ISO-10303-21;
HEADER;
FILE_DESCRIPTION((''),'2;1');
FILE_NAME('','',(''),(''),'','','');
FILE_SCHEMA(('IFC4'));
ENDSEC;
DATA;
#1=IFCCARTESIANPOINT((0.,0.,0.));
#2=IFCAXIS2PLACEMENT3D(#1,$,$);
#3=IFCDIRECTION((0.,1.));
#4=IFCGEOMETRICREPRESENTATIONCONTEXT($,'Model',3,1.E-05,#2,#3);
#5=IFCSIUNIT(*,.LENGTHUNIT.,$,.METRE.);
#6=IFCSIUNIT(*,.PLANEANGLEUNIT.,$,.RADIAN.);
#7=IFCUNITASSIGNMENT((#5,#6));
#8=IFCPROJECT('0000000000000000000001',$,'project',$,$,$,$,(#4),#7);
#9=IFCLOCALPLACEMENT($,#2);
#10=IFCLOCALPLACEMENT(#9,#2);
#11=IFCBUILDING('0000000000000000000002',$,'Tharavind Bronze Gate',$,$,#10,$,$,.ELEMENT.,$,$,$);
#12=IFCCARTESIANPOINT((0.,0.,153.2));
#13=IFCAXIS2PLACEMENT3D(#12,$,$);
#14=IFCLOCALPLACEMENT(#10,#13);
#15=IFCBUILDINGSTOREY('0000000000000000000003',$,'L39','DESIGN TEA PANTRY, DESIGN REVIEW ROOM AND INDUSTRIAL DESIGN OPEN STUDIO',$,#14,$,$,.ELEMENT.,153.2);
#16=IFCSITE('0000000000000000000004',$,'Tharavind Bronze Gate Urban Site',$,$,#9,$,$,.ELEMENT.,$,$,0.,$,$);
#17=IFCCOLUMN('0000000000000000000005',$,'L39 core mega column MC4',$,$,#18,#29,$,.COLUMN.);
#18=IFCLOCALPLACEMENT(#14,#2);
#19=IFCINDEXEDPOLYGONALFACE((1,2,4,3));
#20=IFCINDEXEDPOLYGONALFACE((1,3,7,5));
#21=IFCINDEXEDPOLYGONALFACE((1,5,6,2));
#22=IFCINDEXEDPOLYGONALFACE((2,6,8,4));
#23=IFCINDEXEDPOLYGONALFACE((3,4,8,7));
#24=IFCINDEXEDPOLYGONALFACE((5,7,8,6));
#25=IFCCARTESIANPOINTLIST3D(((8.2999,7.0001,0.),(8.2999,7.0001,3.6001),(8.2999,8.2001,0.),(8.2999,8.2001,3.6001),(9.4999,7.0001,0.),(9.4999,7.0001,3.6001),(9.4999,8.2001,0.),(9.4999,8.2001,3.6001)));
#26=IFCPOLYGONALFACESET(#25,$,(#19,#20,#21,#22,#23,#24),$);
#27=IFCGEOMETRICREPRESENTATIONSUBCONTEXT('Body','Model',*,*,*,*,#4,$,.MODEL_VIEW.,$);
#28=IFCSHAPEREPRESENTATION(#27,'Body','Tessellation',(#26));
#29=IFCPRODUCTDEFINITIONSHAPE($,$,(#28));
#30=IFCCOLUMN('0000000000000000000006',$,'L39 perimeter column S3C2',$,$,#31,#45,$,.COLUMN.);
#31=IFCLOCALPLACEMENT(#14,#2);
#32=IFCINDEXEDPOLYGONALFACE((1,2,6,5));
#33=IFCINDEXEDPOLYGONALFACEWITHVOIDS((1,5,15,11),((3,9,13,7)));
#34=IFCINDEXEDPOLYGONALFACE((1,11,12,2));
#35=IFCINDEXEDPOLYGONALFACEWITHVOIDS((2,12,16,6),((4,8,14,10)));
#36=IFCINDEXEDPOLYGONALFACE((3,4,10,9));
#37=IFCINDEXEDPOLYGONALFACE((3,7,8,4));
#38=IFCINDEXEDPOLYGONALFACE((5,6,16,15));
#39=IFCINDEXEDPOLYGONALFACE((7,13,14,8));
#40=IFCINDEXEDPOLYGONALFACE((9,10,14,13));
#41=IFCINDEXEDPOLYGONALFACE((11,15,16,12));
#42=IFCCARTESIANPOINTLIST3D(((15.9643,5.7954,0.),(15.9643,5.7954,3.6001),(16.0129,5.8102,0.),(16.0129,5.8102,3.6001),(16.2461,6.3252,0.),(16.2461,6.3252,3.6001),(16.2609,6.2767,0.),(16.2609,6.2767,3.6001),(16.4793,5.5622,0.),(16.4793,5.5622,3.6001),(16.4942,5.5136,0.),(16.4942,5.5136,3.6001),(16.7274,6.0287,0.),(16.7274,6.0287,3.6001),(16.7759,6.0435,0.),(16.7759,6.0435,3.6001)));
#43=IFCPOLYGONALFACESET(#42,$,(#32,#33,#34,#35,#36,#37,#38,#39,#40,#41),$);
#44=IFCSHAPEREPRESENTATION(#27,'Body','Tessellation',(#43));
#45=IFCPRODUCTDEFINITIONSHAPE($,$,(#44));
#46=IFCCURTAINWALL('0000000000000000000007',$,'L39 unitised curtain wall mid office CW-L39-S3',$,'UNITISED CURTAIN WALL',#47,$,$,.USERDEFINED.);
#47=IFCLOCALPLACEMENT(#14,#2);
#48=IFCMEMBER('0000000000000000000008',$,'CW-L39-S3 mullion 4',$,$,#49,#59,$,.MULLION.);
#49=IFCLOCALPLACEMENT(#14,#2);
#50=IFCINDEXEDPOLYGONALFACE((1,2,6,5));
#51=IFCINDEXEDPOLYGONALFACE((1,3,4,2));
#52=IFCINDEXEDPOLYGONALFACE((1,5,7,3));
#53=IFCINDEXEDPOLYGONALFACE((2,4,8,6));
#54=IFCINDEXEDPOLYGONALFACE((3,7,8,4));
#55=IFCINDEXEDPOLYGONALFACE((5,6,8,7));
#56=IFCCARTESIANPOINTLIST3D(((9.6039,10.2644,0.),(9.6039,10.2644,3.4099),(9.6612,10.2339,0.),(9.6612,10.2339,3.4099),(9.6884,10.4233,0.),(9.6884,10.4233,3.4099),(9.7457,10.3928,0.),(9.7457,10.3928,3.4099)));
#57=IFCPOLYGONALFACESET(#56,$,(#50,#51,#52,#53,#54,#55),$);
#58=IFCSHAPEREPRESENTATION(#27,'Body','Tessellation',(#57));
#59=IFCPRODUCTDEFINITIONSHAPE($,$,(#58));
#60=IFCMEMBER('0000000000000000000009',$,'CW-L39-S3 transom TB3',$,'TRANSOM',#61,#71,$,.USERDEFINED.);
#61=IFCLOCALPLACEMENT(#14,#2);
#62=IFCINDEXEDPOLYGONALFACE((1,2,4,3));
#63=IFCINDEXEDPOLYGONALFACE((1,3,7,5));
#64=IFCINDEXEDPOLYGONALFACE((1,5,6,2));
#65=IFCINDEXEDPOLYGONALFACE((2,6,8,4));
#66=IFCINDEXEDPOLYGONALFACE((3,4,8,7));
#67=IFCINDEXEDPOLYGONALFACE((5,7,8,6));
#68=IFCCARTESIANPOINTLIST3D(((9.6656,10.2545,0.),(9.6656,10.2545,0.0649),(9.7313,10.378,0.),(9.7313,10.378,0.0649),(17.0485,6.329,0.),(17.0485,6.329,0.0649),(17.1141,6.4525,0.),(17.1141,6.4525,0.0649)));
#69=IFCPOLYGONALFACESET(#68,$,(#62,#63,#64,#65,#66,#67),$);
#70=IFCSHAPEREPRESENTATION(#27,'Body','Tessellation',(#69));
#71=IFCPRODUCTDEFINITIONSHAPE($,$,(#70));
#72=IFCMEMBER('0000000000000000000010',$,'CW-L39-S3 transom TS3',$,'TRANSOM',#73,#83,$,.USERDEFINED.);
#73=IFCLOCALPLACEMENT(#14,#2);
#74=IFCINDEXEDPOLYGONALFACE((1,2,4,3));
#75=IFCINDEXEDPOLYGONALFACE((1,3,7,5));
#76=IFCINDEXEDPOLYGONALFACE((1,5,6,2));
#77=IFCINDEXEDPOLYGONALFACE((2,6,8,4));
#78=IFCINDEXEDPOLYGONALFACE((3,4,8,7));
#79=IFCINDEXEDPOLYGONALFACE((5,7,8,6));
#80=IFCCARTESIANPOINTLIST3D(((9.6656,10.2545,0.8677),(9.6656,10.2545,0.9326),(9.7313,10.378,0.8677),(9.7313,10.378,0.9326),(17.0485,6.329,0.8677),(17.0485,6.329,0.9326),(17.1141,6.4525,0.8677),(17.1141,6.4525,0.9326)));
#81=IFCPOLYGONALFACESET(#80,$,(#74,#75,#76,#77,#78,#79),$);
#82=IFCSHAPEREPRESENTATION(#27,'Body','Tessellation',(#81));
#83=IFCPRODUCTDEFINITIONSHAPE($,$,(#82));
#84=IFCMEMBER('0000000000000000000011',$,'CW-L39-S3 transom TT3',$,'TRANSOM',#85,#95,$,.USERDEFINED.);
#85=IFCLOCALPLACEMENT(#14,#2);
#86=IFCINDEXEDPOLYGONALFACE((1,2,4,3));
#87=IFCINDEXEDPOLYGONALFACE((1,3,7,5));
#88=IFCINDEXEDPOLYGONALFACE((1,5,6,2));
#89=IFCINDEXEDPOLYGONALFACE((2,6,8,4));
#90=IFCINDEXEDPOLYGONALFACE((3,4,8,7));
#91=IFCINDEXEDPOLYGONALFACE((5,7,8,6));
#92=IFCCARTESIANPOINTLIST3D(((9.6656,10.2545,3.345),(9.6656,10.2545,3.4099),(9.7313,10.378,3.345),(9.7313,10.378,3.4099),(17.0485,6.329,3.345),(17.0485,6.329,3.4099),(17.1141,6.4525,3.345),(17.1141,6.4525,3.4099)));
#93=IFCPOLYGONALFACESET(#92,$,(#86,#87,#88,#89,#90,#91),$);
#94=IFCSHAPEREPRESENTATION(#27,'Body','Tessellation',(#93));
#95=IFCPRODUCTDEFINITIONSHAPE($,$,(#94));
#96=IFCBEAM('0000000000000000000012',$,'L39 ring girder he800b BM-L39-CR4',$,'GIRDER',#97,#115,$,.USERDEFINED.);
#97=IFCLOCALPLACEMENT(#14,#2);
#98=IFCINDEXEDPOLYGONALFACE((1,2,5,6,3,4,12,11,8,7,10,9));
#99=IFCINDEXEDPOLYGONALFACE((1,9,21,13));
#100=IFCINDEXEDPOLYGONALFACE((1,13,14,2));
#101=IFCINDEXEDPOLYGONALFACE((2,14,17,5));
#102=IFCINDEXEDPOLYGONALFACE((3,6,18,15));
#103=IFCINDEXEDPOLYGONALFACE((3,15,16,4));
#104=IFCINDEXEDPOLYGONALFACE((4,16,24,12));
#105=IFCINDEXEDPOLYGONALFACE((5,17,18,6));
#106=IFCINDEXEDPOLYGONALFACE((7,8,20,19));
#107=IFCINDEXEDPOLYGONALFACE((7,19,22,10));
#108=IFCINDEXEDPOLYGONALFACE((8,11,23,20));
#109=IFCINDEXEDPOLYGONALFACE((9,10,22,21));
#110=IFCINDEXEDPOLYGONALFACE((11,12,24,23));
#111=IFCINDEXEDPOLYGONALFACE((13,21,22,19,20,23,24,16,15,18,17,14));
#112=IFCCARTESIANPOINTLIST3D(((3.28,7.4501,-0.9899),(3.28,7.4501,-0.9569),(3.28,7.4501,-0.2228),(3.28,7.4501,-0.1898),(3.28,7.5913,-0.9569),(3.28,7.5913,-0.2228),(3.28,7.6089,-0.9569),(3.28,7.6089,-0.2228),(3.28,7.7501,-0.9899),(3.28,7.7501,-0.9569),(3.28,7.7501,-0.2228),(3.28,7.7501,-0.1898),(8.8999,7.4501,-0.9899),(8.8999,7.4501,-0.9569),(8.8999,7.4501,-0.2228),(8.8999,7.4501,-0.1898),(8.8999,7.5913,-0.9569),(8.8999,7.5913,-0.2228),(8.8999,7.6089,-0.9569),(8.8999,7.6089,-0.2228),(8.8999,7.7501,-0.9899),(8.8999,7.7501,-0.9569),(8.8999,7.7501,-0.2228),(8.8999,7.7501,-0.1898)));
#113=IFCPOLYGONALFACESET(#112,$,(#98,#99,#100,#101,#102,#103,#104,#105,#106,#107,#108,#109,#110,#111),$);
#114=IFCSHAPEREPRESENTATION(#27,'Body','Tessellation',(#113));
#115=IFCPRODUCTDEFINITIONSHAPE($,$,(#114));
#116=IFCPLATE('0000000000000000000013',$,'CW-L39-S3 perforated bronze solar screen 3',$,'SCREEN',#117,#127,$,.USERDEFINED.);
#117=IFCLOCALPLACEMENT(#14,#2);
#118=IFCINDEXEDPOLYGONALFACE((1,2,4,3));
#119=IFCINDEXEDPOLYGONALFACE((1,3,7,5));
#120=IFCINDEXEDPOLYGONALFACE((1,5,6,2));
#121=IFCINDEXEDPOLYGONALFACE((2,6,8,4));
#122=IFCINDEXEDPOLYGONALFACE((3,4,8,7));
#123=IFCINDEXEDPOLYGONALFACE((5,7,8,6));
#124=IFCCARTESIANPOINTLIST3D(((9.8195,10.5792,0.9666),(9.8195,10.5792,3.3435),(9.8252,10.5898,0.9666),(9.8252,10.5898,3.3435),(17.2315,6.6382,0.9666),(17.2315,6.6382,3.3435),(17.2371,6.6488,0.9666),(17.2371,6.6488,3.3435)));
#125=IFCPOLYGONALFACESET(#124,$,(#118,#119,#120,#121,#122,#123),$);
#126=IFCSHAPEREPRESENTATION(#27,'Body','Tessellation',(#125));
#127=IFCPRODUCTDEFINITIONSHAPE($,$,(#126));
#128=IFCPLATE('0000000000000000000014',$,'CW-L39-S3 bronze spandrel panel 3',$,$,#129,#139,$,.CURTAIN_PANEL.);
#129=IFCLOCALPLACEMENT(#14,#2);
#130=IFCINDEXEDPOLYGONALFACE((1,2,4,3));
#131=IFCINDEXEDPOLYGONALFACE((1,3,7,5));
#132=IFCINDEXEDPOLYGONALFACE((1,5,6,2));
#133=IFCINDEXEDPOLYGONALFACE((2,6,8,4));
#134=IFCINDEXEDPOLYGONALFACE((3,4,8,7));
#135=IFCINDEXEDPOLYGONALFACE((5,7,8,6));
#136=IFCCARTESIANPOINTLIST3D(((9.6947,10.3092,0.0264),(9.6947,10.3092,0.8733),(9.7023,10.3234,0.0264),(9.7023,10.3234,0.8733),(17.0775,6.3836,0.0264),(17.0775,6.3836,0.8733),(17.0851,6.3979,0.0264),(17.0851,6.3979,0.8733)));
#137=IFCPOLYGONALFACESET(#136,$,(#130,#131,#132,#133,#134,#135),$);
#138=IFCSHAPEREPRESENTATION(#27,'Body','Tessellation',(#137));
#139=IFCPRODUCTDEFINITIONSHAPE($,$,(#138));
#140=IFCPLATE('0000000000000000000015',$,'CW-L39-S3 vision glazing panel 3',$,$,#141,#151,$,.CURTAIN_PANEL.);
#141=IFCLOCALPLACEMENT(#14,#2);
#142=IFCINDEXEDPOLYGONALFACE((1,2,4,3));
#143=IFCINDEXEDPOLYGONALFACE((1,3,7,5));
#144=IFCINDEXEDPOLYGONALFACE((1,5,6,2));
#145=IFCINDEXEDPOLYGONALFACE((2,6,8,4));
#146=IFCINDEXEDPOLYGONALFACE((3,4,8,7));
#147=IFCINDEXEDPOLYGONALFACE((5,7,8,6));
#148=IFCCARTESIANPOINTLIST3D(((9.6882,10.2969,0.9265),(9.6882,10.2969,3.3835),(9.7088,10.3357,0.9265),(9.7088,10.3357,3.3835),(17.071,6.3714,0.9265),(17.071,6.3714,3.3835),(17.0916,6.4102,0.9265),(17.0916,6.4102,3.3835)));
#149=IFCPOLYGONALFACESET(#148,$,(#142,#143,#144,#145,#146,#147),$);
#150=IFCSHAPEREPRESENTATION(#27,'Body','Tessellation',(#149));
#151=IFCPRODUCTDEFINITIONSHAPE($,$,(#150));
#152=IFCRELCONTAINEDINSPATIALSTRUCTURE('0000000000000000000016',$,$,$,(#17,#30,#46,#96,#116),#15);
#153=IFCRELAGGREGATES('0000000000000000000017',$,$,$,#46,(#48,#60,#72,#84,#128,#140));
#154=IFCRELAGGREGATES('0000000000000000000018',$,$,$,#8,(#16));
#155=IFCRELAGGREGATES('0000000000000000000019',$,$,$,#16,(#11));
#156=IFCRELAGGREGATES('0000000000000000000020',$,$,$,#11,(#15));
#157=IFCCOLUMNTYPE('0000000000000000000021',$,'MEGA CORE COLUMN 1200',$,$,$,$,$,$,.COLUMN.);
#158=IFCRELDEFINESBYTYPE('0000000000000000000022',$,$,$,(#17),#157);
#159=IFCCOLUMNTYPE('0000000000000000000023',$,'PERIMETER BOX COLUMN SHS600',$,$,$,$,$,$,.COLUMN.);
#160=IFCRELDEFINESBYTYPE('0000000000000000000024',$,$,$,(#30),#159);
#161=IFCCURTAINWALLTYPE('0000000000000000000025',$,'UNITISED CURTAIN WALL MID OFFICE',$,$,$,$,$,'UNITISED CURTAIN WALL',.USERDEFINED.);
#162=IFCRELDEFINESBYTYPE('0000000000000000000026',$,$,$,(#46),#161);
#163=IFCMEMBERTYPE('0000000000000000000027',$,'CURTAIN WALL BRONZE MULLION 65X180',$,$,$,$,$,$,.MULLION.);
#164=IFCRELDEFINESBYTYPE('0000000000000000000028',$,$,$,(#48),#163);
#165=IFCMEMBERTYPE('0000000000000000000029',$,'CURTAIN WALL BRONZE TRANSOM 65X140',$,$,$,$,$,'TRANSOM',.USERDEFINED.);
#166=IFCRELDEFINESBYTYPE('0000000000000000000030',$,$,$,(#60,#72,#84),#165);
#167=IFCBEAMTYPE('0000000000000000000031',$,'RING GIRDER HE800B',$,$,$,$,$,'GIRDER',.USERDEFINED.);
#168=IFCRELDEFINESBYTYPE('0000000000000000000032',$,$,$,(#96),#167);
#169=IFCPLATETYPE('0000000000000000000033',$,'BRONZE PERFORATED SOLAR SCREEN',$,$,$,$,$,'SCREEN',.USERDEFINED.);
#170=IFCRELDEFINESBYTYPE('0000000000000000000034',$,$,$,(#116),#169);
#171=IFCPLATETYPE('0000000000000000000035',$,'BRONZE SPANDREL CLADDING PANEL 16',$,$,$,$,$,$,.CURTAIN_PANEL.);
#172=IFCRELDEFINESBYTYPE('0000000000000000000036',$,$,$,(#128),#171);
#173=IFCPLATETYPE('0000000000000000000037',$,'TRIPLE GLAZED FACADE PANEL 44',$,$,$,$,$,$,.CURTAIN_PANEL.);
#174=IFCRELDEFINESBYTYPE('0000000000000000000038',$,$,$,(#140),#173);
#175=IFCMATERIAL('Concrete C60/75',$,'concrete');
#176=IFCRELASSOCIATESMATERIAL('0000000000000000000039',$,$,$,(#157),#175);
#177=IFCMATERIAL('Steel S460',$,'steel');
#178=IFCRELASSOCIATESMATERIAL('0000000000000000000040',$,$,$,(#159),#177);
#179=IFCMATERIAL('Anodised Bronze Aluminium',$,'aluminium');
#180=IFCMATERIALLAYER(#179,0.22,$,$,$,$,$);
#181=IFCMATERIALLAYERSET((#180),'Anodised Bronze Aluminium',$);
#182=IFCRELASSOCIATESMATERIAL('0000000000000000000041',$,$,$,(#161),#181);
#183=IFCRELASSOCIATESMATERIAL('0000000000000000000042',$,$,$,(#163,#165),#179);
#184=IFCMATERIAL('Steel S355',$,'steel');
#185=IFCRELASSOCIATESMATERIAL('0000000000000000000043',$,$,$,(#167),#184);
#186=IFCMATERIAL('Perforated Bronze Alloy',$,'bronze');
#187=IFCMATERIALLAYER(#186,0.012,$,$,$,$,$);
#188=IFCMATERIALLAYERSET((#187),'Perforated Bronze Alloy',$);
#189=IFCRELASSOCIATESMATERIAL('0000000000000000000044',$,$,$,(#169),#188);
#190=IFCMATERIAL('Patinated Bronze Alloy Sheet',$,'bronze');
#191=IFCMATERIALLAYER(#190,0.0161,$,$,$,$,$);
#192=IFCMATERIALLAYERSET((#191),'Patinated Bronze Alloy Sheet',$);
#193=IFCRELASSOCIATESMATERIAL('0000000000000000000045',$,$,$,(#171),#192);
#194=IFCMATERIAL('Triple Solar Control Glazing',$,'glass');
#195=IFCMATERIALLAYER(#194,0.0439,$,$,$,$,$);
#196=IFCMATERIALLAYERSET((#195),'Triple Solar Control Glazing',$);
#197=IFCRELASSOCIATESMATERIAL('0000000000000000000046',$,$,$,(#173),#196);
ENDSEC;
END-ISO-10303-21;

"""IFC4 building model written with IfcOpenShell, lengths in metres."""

from ifc_helpers import new_model, si_unit, direction, frame, origin, origin_2d, place, context, subcontext, project, spatial, rectangle, hollow_rectangle, i_section, extrude, material, layer, layer_set, material_profile, profile_set, type_object, element, aggregate, save


model = new_model("IFC4")

# Units and contexts
model_context = context("Model", 3, precision=1e-05, world=origin(), true_north=direction((0.0, 1.0)))
body_context = subcontext(model_context, "Body", "Model", "MODEL_VIEW")
ifc_project = project(units=[si_unit("LENGTHUNIT", "METRE"), si_unit("PLANEANGLEUNIT", "RADIAN")], contexts=[model_context])

# Site, building, storey
site_placement = place(None, origin())
site = spatial("IfcSite", under=ifc_project, at=site_placement, Name="Tharavind Bronze Gate Urban Site", CompositionType="ELEMENT", RefElevation=0.0)
building_placement = place(site_placement, origin())
building = spatial("IfcBuilding", under=site, at=building_placement, Name="Tharavind Bronze Gate", CompositionType="ELEMENT")
storey_placement = place(building_placement, frame((0.0, 0.0, 153.2)))
storey = spatial("IfcBuildingStorey", under=building, at=storey_placement, Name="L39", Description="DESIGN TEA PANTRY, DESIGN REVIEW ROOM AND INDUSTRIAL DESIGN OPEN STUDIO", CompositionType="ELEMENT", Elevation=153.2)

# Columns
ifc_material_1 = material(Name="Concrete C60/75", Category="concrete")
ifc_material_profile_1 = material_profile(ifc_material_1, rectangle(XDim=1.2, YDim=1.2, at=origin_2d()), Name="RCCOL1200")
ifc_profile_set_1 = profile_set([ifc_material_profile_1], Name="Concrete C60/75")
column_type_1 = type_object("IfcColumnType", Name="MEGA CORE COLUMN 1200", PredefinedType="COLUMN", material=ifc_profile_set_1)
column_1_placement = place(storey_placement, frame((8.8999, 7.6001, 0.0), z_axis=(0.0, 0.0, 1.0), x_axis=(1.0, 0.0, 0.0)))
element("IfcColumn", 1, at=column_1_placement, inside=storey, type_object=column_type_1, Name="L39 core mega column MC4", PredefinedType="COLUMN", context=body_context, shape_type="SweptSolid", body=[
    extrude(rectangle(XDim=1.2, YDim=1.2, at=origin_2d()), origin(), (0.0, 0.0, 1.0), 3.6001),
])
ifc_material_2 = material(Name="Steel S460", Category="steel")
ifc_material_profile_2 = material_profile(ifc_material_2, hollow_rectangle(XDim=0.6001, YDim=0.6001, WallThickness=0.0359, at=origin_2d()), Name="SHS600X36")
ifc_profile_set_2 = profile_set([ifc_material_profile_2], Name="Steel S460")
column_type_2 = type_object("IfcColumnType", Name="PERIMETER BOX COLUMN SHS600", PredefinedType="COLUMN", material=ifc_profile_set_2)
column_2_placement = place(storey_placement, frame((16.3701, 5.9194, 0.0), z_axis=(0.0, 0.0, 1.0), x_axis=(-0.882948, 0.46947, 0.0)))
element("IfcColumn", 2, at=column_2_placement, inside=storey, type_object=column_type_2, Name="L39 perimeter column S3C2", PredefinedType="COLUMN", context=body_context, shape_type="SweptSolid", body=[
    extrude(hollow_rectangle(XDim=0.6001, YDim=0.6001, WallThickness=0.0359, at=origin_2d()), origin(), (0.0, 0.0, 1.0), 3.6001),
])

# Curtain wall, members
ifc_material_3 = material(Name="Anodised Bronze Aluminium", Category="aluminium")
ifc_layer_1 = layer(ifc_material_3, 0.22)
ifc_layer_set_1 = layer_set([ifc_layer_1], Name="Anodised Bronze Aluminium")
curtain_wall_type = type_object("IfcCurtainWallType", Name="UNITISED CURTAIN WALL MID OFFICE", ElementType="UNITISED CURTAIN WALL", PredefinedType="USERDEFINED", material=ifc_layer_set_1)
curtain_wall_placement = place(storey_placement, origin())
curtain_wall = element("IfcCurtainWall", 3, at=curtain_wall_placement, inside=storey, type_object=curtain_wall_type, Name="L39 unitised curtain wall mid office CW-L39-S3", ObjectType="UNITISED CURTAIN WALL", PredefinedType="USERDEFINED")
member_type_1 = type_object("IfcMemberType", Name="CURTAIN WALL BRONZE MULLION 65X180", PredefinedType="MULLION", material=ifc_material_3)
member_1_placement = place(storey_placement, frame((9.6748, 10.3286, 0.0), z_axis=(0.0, 0.0, 1.0), x_axis=(-0.882948, 0.469472, 0.0)))
member_1 = element("IfcMember", 4, at=member_1_placement, type_object=member_type_1, Name="CW-L39-S3 mullion 4", PredefinedType="MULLION", context=body_context, shape_type="SweptSolid", body=[
    extrude(rectangle(XDim=0.0649, YDim=0.1799, at=origin_2d()), origin(), (0.0, 0.0, 1.0), 3.4099),
])
member_type_2 = type_object("IfcMemberType", Name="CURTAIN WALL BRONZE TRANSOM 65X140", ElementType="TRANSOM", PredefinedType="USERDEFINED", material=ifc_material_3)
member_2_placement = place(storey_placement, frame((13.3899, 8.3535, 0.0), z_axis=(0.0, 0.0, 1.0), x_axis=(-0.882948, 0.469472, 0.0)))
member_2 = element("IfcMember", 5, at=member_2_placement, type_object=member_type_2, Name="CW-L39-S3 transom TB3", ObjectType="TRANSOM", PredefinedType="USERDEFINED", context=body_context, shape_type="SweptSolid", body=[
    extrude(rectangle(XDim=8.3616, YDim=0.1399, at=origin_2d()), origin(), (0.0, 0.0, 1.0), 0.0649),
])
member_3_placement = place(storey_placement, frame((13.3899, 8.3535, 0.8677), z_axis=(0.0, 0.0, 1.0), x_axis=(-0.882948, 0.469472, 0.0)))
member_3 = element("IfcMember", 6, at=member_3_placement, type_object=member_type_2, Name="CW-L39-S3 transom TS3", ObjectType="TRANSOM", PredefinedType="USERDEFINED", context=body_context, shape_type="SweptSolid", body=[
    extrude(rectangle(XDim=8.3616, YDim=0.1399, at=origin_2d()), origin(), (0.0, 0.0, 1.0), 0.0649),
])
member_4_placement = place(storey_placement, frame((13.3899, 8.3535, 3.345), z_axis=(0.0, 0.0, 1.0), x_axis=(-0.882948, 0.469472, 0.0)))
member_4 = element("IfcMember", 7, at=member_4_placement, type_object=member_type_2, Name="CW-L39-S3 transom TT3", ObjectType="TRANSOM", PredefinedType="USERDEFINED", context=body_context, shape_type="SweptSolid", body=[
    extrude(rectangle(XDim=8.3616, YDim=0.1399, at=origin_2d()), origin(), (0.0, 0.0, 1.0), 0.0649),
])

# Beam
ifc_material_4 = material(Name="Steel S355", Category="steel")
ifc_material_profile_3 = material_profile(ifc_material_4, i_section(OverallWidth=0.3, OverallDepth=0.8, WebThickness=0.0176, FlangeThickness=0.033, at=origin_2d()), Name="HE800B")
ifc_profile_set_3 = profile_set([ifc_material_profile_3], Name="Steel S355")
beam_type = type_object("IfcBeamType", Name="RING GIRDER HE800B", ElementType="GIRDER", PredefinedType="USERDEFINED", material=ifc_profile_set_3)
beam_placement = place(storey_placement, frame((8.8999, 7.6001, -0.5898), z_axis=(-1.0, 0.0, 0.0), x_axis=(0.0, -1.0, 0.0)))
element("IfcBeam", 8, at=beam_placement, inside=storey, type_object=beam_type, Name="L39 ring girder he800b BM-L39-CR4", ObjectType="GIRDER", PredefinedType="USERDEFINED", context=body_context, shape_type="SweptSolid", body=[
    extrude(i_section(OverallWidth=0.3, OverallDepth=0.8, WebThickness=0.0176, FlangeThickness=0.033, at=origin_2d()), origin(), (0.0, 0.0, 1.0), 5.6199),
])

# Plates
ifc_material_5 = material(Name="Perforated Bronze Alloy", Category="bronze")
ifc_layer_2 = layer(ifc_material_5, 0.012)
ifc_layer_set_2 = layer_set([ifc_layer_2], Name="Perforated Bronze Alloy")
plate_type_1 = type_object("IfcPlateType", Name="BRONZE PERFORATED SOLAR SCREEN", ElementType="SCREEN", PredefinedType="USERDEFINED", material=ifc_layer_set_2)
plate_1_placement = place(storey_placement, frame((13.5283, 8.614, 0.9666), z_axis=(0.0, 0.0, 1.0), x_axis=(-0.882948, 0.469472, 0.0)))
element("IfcPlate", 9, at=plate_1_placement, inside=storey, type_object=plate_type_1, Name="CW-L39-S3 perforated bronze solar screen 3", ObjectType="SCREEN", PredefinedType="USERDEFINED", context=body_context, shape_type="SweptSolid", body=[
    extrude(rectangle(XDim=8.3945, YDim=0.012, at=origin_2d()), origin(), (0.0, 0.0, 1.0), 2.377),
])
ifc_material_6 = material(Name="Patinated Bronze Alloy Sheet", Category="bronze")
ifc_layer_3 = layer(ifc_material_6, 0.0161)
ifc_layer_set_3 = layer_set([ifc_layer_3], Name="Patinated Bronze Alloy Sheet")
plate_type_2 = type_object("IfcPlateType", Name="BRONZE SPANDREL CLADDING PANEL 16", PredefinedType="CURTAIN_PANEL", material=ifc_layer_set_3)
plate_2_placement = place(storey_placement, frame((13.3899, 8.3535, 0.0264), z_axis=(0.0, 0.0, 1.0), x_axis=(-0.882948, 0.469472, 0.0)))
plate_2 = element("IfcPlate", 10, at=plate_2_placement, type_object=plate_type_2, Name="CW-L39-S3 bronze spandrel panel 3", PredefinedType="CURTAIN_PANEL", context=body_context, shape_type="SweptSolid", body=[
    extrude(rectangle(XDim=8.3616, YDim=0.0161, at=origin_2d()), origin(), (0.0, 0.0, 1.0), 0.8469),
])
ifc_material_7 = material(Name="Triple Solar Control Glazing", Category="glass")
ifc_layer_4 = layer(ifc_material_7, 0.0439)
ifc_layer_set_4 = layer_set([ifc_layer_4], Name="Triple Solar Control Glazing")
plate_type_3 = type_object("IfcPlateType", Name="TRIPLE GLAZED FACADE PANEL 44", PredefinedType="CURTAIN_PANEL", material=ifc_layer_set_4)
plate_3_placement = place(storey_placement, frame((13.3899, 8.3535, 0.9265), z_axis=(0.0, 0.0, 1.0), x_axis=(-0.882948, 0.469472, 0.0)))
plate_3 = element("IfcPlate", 11, at=plate_3_placement, type_object=plate_type_3, Name="CW-L39-S3 vision glazing panel 3", PredefinedType="CURTAIN_PANEL", context=body_context, shape_type="SweptSolid", body=[
    extrude(rectangle(XDim=8.3616, YDim=0.0439, at=origin_2d()), origin(), (0.0, 0.0, 1.0), 2.457),
])
aggregate(curtain_wall, [member_1, member_2, member_3, member_4, plate_2, plate_3])

save(model, "model.ifc")
